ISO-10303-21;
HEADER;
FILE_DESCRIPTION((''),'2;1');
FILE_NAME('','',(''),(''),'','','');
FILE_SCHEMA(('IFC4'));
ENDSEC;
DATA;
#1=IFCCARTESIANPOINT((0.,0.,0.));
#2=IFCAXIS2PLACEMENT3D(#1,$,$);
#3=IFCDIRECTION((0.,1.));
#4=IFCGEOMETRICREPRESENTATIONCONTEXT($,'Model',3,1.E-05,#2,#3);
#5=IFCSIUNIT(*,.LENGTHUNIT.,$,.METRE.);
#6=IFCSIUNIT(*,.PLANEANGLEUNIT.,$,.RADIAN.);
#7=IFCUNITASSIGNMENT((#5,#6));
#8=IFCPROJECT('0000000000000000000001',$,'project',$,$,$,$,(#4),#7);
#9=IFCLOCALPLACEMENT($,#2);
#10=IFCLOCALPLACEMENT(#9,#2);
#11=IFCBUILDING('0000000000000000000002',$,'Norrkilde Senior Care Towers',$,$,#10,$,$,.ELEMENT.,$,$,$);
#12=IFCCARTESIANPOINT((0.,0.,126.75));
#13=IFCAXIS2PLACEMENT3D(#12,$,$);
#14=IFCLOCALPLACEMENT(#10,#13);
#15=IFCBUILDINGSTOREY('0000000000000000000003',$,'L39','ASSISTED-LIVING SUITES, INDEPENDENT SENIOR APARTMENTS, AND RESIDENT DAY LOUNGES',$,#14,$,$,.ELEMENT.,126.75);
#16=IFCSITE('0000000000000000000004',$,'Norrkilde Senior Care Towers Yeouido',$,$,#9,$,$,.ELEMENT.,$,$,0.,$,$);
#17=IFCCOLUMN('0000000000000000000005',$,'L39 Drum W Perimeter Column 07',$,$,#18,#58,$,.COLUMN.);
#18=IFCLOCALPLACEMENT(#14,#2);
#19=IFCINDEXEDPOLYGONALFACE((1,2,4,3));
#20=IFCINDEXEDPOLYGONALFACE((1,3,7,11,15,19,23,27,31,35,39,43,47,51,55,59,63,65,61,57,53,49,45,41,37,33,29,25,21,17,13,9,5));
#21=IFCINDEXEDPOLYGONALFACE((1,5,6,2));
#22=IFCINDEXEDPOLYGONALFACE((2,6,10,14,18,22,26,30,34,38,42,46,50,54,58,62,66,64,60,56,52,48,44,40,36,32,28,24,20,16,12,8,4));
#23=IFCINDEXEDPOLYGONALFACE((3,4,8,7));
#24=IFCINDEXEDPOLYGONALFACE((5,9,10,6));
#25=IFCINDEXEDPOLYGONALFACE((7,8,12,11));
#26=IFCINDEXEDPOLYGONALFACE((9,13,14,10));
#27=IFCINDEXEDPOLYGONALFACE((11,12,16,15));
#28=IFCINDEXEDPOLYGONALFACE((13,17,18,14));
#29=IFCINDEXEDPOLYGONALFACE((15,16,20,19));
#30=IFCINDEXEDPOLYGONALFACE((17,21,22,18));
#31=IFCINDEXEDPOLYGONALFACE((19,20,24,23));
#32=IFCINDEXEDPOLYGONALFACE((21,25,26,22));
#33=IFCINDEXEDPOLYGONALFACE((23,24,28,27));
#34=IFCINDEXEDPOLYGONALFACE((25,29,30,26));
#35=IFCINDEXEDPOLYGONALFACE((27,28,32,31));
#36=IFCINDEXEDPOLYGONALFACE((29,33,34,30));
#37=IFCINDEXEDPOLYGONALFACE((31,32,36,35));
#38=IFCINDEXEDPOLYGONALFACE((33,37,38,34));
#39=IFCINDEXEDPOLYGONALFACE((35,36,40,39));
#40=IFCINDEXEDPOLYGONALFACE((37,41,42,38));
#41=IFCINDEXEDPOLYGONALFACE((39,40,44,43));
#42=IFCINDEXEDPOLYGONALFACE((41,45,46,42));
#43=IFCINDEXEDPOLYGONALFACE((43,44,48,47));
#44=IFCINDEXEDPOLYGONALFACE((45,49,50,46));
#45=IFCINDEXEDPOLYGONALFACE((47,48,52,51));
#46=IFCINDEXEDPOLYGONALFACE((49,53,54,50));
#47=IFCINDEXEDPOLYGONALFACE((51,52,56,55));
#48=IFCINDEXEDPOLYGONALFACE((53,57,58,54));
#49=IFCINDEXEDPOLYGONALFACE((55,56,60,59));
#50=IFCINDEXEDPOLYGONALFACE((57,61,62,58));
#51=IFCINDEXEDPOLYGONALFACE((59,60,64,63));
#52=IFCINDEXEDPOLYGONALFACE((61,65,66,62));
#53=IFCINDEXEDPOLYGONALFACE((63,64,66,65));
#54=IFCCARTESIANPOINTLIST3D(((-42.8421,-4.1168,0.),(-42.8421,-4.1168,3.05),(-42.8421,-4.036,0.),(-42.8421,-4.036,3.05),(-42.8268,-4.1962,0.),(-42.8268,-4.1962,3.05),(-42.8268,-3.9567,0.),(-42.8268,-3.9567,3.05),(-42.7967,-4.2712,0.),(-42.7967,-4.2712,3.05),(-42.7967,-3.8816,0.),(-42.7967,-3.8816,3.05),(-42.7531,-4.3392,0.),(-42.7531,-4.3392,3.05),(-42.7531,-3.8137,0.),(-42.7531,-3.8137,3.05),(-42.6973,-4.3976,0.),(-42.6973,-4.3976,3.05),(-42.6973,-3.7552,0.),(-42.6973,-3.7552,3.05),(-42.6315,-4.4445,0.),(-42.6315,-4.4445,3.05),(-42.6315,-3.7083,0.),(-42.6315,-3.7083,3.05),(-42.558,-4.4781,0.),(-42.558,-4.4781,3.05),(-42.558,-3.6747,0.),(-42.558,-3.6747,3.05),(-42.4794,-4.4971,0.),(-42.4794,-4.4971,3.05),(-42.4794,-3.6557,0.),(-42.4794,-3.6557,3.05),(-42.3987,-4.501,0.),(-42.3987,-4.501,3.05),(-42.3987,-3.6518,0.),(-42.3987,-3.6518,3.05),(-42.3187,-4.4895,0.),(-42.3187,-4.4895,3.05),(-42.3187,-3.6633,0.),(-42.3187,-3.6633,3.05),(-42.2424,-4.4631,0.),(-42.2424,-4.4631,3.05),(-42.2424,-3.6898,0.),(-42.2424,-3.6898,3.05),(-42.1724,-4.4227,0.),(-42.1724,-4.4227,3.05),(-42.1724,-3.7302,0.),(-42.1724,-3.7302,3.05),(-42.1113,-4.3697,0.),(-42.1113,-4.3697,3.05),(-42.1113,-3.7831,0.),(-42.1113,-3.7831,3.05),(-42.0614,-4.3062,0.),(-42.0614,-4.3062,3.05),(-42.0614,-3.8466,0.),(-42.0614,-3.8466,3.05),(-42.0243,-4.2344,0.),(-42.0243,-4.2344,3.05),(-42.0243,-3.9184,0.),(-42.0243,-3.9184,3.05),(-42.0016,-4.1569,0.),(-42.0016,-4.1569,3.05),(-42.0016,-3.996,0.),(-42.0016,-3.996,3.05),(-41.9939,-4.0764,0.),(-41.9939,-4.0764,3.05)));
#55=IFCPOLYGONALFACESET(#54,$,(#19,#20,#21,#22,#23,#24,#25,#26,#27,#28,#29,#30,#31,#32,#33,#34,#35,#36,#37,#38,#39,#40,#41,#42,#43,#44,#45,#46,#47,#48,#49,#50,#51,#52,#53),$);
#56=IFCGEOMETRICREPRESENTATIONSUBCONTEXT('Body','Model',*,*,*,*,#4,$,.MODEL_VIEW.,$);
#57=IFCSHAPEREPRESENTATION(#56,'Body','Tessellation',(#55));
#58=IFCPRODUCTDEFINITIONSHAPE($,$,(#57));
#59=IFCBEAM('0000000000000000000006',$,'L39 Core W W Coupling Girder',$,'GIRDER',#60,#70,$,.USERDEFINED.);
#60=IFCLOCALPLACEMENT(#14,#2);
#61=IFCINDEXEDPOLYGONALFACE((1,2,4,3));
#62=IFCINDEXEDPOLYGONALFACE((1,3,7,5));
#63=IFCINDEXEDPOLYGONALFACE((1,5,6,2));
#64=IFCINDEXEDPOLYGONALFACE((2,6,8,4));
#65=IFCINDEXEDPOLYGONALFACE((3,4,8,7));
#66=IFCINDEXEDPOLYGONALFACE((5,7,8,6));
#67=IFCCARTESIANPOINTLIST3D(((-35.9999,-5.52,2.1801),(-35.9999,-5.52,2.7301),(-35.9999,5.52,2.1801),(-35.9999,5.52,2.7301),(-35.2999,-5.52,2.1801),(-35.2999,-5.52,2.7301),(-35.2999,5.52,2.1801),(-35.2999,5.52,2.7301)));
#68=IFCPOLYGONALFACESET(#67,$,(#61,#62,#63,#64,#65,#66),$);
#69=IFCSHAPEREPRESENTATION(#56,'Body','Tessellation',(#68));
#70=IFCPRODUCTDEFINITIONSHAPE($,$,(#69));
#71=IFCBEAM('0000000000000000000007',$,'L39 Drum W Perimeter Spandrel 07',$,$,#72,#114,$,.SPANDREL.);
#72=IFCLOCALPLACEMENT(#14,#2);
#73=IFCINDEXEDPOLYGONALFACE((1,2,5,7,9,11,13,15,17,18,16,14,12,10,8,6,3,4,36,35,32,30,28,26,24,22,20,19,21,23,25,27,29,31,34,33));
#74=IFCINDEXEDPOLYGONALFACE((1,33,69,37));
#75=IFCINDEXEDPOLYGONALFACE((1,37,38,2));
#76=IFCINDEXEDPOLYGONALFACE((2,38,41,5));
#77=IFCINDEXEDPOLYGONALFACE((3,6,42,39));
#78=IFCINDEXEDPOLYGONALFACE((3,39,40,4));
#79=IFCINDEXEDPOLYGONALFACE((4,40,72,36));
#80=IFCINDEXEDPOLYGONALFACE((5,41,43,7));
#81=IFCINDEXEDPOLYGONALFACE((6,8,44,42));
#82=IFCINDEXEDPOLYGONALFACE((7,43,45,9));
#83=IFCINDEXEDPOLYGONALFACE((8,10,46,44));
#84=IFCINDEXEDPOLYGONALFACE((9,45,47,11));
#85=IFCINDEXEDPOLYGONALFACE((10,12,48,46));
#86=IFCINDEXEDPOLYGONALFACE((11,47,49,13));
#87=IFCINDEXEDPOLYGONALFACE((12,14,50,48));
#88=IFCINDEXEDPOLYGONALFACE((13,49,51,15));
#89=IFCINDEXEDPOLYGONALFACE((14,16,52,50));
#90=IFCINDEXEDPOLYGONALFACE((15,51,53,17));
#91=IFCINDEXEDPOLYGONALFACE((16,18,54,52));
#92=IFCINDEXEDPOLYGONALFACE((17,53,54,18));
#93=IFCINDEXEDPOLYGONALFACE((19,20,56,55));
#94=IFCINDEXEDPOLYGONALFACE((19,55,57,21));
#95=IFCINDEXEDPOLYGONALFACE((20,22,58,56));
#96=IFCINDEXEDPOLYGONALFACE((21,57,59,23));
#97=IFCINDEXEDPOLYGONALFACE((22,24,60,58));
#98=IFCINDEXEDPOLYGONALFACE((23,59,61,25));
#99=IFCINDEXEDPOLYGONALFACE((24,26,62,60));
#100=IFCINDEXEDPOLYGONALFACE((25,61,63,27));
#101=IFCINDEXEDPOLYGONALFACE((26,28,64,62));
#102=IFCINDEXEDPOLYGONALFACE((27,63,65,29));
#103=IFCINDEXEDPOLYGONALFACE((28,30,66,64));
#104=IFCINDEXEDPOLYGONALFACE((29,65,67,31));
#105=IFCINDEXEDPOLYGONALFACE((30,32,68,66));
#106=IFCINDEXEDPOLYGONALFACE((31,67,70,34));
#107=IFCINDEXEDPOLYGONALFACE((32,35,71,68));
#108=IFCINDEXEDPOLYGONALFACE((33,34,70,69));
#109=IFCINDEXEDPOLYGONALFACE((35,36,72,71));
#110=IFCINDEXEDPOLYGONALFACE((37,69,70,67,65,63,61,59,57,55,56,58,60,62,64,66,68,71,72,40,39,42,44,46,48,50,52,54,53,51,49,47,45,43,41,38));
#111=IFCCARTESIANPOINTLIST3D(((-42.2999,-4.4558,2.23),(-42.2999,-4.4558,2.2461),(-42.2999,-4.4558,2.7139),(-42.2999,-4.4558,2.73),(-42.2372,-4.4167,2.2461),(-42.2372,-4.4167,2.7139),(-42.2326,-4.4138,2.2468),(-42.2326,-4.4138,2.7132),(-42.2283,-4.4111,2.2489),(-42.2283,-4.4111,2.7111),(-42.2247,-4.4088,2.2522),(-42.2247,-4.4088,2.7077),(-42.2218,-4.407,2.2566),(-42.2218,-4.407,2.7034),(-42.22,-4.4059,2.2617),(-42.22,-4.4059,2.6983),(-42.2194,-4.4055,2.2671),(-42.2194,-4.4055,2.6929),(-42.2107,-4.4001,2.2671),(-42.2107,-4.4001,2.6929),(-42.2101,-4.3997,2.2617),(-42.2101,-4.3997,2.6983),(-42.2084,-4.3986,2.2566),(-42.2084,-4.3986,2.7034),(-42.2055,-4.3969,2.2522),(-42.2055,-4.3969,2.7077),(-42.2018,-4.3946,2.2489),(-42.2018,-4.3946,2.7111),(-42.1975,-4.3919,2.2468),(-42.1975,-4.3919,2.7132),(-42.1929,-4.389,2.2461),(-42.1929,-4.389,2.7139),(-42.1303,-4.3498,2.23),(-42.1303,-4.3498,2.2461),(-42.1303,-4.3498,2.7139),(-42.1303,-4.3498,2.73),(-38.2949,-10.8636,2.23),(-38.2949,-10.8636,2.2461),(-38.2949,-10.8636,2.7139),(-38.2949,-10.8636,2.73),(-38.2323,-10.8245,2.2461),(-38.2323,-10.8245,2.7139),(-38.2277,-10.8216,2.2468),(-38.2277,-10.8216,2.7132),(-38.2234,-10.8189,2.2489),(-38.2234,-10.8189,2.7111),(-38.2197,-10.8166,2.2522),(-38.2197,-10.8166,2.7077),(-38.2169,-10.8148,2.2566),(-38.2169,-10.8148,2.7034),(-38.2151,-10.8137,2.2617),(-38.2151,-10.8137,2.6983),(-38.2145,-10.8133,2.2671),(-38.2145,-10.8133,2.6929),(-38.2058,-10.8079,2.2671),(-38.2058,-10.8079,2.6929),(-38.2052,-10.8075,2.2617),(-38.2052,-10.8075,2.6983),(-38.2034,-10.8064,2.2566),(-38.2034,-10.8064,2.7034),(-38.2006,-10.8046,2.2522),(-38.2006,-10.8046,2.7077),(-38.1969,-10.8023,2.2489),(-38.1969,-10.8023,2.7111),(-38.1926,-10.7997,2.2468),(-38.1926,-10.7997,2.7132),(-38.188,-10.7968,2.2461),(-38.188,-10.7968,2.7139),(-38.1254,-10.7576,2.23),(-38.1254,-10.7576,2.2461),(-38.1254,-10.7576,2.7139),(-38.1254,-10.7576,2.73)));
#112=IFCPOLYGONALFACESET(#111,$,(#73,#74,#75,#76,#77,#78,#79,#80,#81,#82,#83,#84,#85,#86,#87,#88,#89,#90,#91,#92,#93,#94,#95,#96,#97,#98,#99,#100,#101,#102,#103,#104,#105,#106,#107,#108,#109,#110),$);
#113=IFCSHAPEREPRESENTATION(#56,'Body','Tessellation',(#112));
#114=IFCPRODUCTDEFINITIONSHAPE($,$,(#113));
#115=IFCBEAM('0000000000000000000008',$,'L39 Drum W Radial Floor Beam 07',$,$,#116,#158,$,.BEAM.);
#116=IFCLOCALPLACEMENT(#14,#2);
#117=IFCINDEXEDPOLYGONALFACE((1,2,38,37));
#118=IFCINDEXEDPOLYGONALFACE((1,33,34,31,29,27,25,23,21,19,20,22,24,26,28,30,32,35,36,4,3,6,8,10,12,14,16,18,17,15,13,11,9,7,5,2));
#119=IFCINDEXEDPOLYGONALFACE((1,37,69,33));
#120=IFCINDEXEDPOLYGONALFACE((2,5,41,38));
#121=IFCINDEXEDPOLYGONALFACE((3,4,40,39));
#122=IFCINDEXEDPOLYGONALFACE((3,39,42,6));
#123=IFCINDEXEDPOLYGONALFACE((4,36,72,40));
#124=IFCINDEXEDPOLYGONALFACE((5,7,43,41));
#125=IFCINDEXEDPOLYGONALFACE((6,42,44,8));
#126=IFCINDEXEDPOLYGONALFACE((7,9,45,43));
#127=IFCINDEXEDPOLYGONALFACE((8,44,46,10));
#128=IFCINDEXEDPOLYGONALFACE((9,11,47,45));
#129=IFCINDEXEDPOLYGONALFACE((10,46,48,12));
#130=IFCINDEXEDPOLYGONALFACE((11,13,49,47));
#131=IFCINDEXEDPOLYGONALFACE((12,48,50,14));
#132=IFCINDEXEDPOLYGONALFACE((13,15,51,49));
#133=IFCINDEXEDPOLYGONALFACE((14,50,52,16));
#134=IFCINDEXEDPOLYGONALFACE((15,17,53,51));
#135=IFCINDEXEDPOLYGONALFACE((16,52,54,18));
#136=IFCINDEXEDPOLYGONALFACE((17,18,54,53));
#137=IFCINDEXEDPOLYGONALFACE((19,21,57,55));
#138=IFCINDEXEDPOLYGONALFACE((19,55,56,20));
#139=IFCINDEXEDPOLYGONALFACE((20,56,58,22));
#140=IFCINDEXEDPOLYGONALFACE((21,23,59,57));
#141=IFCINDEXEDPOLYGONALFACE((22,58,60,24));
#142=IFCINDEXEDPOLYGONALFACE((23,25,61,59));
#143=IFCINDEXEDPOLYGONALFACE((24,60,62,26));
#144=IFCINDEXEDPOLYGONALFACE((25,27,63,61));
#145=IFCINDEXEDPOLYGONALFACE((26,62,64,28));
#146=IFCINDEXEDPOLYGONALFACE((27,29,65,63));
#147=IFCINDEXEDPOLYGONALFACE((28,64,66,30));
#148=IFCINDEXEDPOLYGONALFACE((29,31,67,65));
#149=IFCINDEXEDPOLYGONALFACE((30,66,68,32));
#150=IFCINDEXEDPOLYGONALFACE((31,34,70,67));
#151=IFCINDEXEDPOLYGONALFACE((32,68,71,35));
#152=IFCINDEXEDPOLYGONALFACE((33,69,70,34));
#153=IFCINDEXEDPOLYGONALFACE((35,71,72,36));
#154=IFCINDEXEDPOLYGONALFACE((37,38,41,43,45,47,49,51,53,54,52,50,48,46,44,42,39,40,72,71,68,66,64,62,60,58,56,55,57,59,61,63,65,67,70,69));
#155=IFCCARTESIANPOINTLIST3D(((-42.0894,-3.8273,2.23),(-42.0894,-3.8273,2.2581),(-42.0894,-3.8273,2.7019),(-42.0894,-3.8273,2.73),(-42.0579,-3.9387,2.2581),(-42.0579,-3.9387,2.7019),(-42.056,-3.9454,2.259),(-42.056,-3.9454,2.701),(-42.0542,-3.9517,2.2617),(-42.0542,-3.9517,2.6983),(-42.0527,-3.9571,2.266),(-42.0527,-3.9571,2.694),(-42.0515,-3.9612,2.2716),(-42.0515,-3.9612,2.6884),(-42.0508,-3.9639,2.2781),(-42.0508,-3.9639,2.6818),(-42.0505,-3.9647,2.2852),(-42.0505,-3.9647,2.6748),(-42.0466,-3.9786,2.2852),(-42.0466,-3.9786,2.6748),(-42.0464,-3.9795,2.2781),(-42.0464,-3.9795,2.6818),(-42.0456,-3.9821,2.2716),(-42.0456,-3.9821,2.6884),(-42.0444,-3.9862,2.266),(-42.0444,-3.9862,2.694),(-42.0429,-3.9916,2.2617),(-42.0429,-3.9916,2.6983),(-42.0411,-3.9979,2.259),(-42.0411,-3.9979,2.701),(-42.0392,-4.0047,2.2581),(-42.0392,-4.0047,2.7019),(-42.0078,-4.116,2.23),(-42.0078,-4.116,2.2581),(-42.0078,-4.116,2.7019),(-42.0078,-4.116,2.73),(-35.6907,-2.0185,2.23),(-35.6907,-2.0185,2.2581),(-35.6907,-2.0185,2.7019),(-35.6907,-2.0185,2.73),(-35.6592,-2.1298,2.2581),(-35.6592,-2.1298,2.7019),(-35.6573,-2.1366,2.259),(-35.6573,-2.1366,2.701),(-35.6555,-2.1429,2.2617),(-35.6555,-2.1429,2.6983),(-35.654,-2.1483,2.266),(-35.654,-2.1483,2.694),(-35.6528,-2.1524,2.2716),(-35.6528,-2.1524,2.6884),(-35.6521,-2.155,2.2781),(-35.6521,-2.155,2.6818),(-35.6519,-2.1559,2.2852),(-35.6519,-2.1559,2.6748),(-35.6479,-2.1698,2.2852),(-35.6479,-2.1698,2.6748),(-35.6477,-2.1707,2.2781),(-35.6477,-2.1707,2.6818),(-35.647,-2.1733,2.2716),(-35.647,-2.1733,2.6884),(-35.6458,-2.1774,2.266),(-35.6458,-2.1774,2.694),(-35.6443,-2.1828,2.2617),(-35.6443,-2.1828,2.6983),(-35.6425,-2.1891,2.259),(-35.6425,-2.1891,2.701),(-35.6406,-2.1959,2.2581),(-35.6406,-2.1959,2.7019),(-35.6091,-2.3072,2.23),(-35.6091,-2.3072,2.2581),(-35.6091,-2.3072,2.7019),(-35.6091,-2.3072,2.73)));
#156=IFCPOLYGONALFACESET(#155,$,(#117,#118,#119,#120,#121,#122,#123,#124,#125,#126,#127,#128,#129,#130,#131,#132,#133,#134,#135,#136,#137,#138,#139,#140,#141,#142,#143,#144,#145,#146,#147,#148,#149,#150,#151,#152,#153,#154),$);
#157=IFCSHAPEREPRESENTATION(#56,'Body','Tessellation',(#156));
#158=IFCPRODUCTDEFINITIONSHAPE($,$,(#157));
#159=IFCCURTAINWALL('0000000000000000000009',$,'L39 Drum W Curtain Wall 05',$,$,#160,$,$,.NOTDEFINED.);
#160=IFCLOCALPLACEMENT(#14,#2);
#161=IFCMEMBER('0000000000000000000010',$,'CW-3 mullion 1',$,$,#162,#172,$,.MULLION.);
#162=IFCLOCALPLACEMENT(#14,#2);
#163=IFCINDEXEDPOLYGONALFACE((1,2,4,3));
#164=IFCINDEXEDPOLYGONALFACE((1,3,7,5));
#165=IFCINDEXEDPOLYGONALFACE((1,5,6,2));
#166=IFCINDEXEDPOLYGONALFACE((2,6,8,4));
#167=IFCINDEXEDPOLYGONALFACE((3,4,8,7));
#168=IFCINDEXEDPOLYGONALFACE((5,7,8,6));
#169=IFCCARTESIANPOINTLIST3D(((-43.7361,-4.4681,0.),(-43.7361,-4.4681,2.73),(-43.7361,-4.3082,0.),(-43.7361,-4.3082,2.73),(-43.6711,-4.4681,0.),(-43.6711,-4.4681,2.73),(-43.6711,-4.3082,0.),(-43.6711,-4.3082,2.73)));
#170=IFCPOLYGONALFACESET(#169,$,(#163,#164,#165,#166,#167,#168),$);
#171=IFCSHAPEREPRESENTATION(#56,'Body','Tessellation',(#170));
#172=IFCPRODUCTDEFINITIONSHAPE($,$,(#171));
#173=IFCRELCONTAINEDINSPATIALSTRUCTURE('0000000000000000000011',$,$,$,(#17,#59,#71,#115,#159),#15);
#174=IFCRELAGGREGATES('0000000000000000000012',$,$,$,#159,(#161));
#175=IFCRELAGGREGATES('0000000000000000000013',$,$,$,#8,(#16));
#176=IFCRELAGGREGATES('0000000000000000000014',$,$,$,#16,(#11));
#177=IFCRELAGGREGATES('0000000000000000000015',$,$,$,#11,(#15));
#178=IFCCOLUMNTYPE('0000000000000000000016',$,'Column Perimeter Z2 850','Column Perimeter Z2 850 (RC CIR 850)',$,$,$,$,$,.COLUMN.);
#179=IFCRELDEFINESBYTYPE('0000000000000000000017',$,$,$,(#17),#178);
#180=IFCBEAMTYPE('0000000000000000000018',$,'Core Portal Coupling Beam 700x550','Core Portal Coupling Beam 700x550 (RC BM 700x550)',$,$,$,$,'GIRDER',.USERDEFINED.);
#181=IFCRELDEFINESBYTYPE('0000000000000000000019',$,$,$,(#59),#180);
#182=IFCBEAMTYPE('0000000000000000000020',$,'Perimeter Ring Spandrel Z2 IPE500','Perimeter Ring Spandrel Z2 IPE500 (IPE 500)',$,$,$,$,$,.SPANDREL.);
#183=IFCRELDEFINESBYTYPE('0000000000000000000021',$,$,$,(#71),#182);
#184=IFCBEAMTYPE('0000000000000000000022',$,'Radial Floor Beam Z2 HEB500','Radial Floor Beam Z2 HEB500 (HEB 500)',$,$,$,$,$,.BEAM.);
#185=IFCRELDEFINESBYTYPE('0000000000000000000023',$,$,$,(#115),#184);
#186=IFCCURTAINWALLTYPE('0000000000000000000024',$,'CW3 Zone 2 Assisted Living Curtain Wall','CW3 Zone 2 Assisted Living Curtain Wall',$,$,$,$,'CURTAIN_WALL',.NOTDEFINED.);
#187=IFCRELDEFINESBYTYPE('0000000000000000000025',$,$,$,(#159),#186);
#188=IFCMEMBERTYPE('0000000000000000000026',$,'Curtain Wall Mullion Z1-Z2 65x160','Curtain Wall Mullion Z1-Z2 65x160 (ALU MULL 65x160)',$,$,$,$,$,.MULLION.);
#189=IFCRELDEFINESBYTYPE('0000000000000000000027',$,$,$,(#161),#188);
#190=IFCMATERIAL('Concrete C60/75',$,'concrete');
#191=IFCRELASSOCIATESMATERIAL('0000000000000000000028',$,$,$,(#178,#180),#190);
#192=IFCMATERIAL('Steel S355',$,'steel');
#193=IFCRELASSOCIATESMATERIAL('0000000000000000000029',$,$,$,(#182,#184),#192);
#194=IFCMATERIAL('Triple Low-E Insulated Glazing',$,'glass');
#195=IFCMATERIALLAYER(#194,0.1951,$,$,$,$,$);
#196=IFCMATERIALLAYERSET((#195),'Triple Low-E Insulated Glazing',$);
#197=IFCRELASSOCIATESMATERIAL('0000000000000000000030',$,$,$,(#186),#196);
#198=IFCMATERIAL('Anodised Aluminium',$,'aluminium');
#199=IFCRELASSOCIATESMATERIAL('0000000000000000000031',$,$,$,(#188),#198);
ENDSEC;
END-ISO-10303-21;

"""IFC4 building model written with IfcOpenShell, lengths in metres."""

from ifc_helpers import new_model, si_unit, direction, frame, origin, origin_2d, place, context, subcontext, project, spatial, rectangle, circle, i_section, extrude, source, transform, mapped, material, layer, layer_set, material_profile, profile_set, type_object, type_shapes, element, aggregate, save


model = new_model("IFC4")

# Units and contexts
model_context = context("Model", 3, precision=1e-05, world=origin(), true_north=direction((0.0, 1.0)))
body_context = subcontext(model_context, "Body", "Model", "MODEL_VIEW")
ifc_project = project(units=[si_unit("LENGTHUNIT", "METRE"), si_unit("PLANEANGLEUNIT", "RADIAN")], contexts=[model_context])

# Site, building, storey
site_placement = place(None, origin())
site = spatial("IfcSite", under=ifc_project, at=site_placement, Name="Norrkilde Senior Care Towers Yeouido", CompositionType="ELEMENT", RefElevation=0.0)
building_placement = place(site_placement, origin())
building = spatial("IfcBuilding", under=site, at=building_placement, Name="Norrkilde Senior Care Towers", CompositionType="ELEMENT")
storey_placement = place(building_placement, frame((0.0, 0.0, 126.75)))
storey = spatial("IfcBuildingStorey", under=building, at=storey_placement, Name="L39", Description="ASSISTED-LIVING SUITES, INDEPENDENT SENIOR APARTMENTS, AND RESIDENT DAY LOUNGES", CompositionType="ELEMENT", Elevation=126.75)

# Column
ifc_material_1 = material(Name="Concrete C60/75", Category="concrete")
ifc_material_profile_1 = material_profile(ifc_material_1, circle(Radius=0.425, at=origin_2d()), Name="RC CIR 850")
ifc_profile_set_1 = profile_set([ifc_material_profile_1], Name="Concrete C60/75")
column_type = type_object("IfcColumnType", Name="Column Perimeter Z2 850", Description="Column Perimeter Z2 850 (RC CIR 850)", PredefinedType="COLUMN", material=ifc_profile_set_1)
shared_shape_1 = source(origin(), body_context, "Body", "SweptSolid", [
    extrude(circle(Radius=0.425, at=origin_2d()), origin(), (0.0, 0.0, 1.0), 3.05),
])
type_shapes(column_type, [shared_shape_1])
column_placement = place(storey_placement, frame((-42.4189, -4.0764, 0.0), z_axis=(0.0, 0.0, 1.0), x_axis=(1.0, 0.0, 0.0)))
element("IfcColumn", 1, at=column_placement, inside=storey, type_object=column_type, Name="L39 Drum W Perimeter Column 07", PredefinedType="COLUMN", context=body_context, shape_type="MappedRepresentation", body=[
    mapped(shared_shape_1, transform((0.0, 0.0, 0.0), x_axis=(1.0, 0.0, 0.0), y_axis=(0.0, 1.0, 0.0), z_axis=(0.0, 0.0, 1.0), scale=1.0)),
])

# Beams
ifc_material_profile_2 = material_profile(ifc_material_1, rectangle(XDim=0.7, YDim=0.55, at=origin_2d()), Name="RC BM 700x550")
ifc_profile_set_2 = profile_set([ifc_material_profile_2], Name="Concrete C60/75")
beam_type_1 = type_object("IfcBeamType", Name="Core Portal Coupling Beam 700x550", Description="Core Portal Coupling Beam 700x550 (RC BM 700x550)", ElementType="GIRDER", PredefinedType="USERDEFINED", material=ifc_profile_set_2)
shared_shape_2 = source(origin(), body_context, "Body", "SweptSolid", [
    extrude(rectangle(XDim=0.7, YDim=0.55, at=origin_2d()), origin(), (0.0, 0.0, 1.0), 11.04),
])
type_shapes(beam_type_1, [shared_shape_2])
beam_1_placement = place(storey_placement, frame((-35.6499, -5.52, 2.4551), z_axis=(0.0, 1.0, 0.0), x_axis=(-1.0, 0.0, 0.0)))
element("IfcBeam", 2, at=beam_1_placement, inside=storey, type_object=beam_type_1, Name="L39 Core W W Coupling Girder", ObjectType="GIRDER", PredefinedType="USERDEFINED", context=body_context, shape_type="MappedRepresentation", body=[
    mapped(shared_shape_2, transform((0.0, 0.0, 0.0), x_axis=(1.0, 0.0, 0.0), y_axis=(0.0, 1.0, 0.0), z_axis=(0.0, 0.0, 1.0), scale=1.0)),
])
ifc_material_2 = material(Name="Steel S355", Category="steel")
ifc_material_profile_3 = material_profile(ifc_material_2, i_section(OverallWidth=0.2, OverallDepth=0.5, WebThickness=0.0103, FlangeThickness=0.0161, FilletRadius=0.021, at=origin_2d()), Name="IPE 500")
ifc_profile_set_3 = profile_set([ifc_material_profile_3], Name="Steel S355")
beam_type_2 = type_object("IfcBeamType", Name="Perimeter Ring Spandrel Z2 IPE500", Description="Perimeter Ring Spandrel Z2 IPE500 (IPE 500)", PredefinedType="SPANDREL", material=ifc_profile_set_3)
shared_shape_3 = source(origin(), body_context, "Body", "SweptSolid", [
    extrude(i_section(OverallWidth=0.2, OverallDepth=0.5, WebThickness=0.0103, FlangeThickness=0.0161, FilletRadius=0.021, at=origin_2d()), origin(), (0.0, 0.0, 1.0), 7.5564),
])
type_shapes(beam_type_2, [shared_shape_3])
beam_2_placement = place(storey_placement, frame((-42.2151, -4.4028, 2.48), z_axis=(0.530005, -0.847995, 0.0), x_axis=(0.847995, 0.530005, 0.0)))
element("IfcBeam", 3, at=beam_2_placement, inside=storey, type_object=beam_type_2, Name="L39 Drum W Perimeter Spandrel 07", PredefinedType="SPANDREL", context=body_context, shape_type="MappedRepresentation", body=[
    mapped(shared_shape_3, transform((0.0, 0.0, 0.0), x_axis=(1.0, 0.0, 0.0), y_axis=(0.0, 1.0, 0.0), z_axis=(0.0, 0.0, 1.0), scale=1.0)),
])
ifc_material_profile_4 = material_profile(ifc_material_2, i_section(OverallWidth=0.3, OverallDepth=0.5, WebThickness=0.0144, FlangeThickness=0.0281, FilletRadius=0.0271, at=origin_2d()), Name="HEB 500")
ifc_profile_set_4 = profile_set([ifc_material_profile_4], Name="Steel S355")
beam_type_3 = type_object("IfcBeamType", Name="Radial Floor Beam Z2 HEB500", Description="Radial Floor Beam Z2 HEB500 (HEB 500)", PredefinedType="BEAM", material=ifc_profile_set_4)
shared_shape_4 = source(origin(), body_context, "Body", "SweptSolid", [
    extrude(i_section(OverallWidth=0.3, OverallDepth=0.5, WebThickness=0.0144, FlangeThickness=0.0281, FilletRadius=0.0271, at=origin_2d()), origin(), (0.0, 0.0, 1.0), 6.6494),
])
type_shapes(beam_type_3, [shared_shape_4])
beam_3_placement = place(storey_placement, frame((-35.6499, -2.1628, 2.48), z_axis=(-0.962289, -0.272029, 0.0), x_axis=(0.272029, -0.962289, 0.0)))
element("IfcBeam", 4, at=beam_3_placement, inside=storey, type_object=beam_type_3, Name="L39 Drum W Radial Floor Beam 07", PredefinedType="BEAM", context=body_context, shape_type="MappedRepresentation", body=[
    mapped(shared_shape_4, transform((0.0, 0.0, 0.0), x_axis=(1.0, 0.0, 0.0), y_axis=(0.0, 1.0, 0.0), z_axis=(0.0, 0.0, 1.0), scale=1.0)),
])

# Curtain wall, member
ifc_material_3 = material(Name="Triple Low-E Insulated Glazing", Category="glass")
ifc_layer_1 = layer(ifc_material_3, 0.1951)
ifc_layer_set_1 = layer_set([ifc_layer_1], Name="Triple Low-E Insulated Glazing")
curtain_wall_type = type_object("IfcCurtainWallType", Name="CW3 Zone 2 Assisted Living Curtain Wall", Description="CW3 Zone 2 Assisted Living Curtain Wall", ElementType="CURTAIN_WALL", PredefinedType="NOTDEFINED", material=ifc_layer_set_1)
curtain_wall_1_placement = place(storey_placement, origin())
curtain_wall_1 = element("IfcCurtainWall", 5, at=curtain_wall_1_placement, inside=storey, type_object=curtain_wall_type, Name="L39 Drum W Curtain Wall 05", PredefinedType="NOTDEFINED")
ifc_material_4 = material(Name="Anodised Aluminium", Category="aluminium")
ifc_material_profile_5 = material_profile(ifc_material_4, rectangle(XDim=0.0649, YDim=0.1599, at=origin_2d()), Name="ALU MULL 65x160")
ifc_profile_set_5 = profile_set([ifc_material_profile_5], Name="Anodised Aluminium")
member_type_1 = type_object("IfcMemberType", Name="Curtain Wall Mullion Z1-Z2 65x160", Description="Curtain Wall Mullion Z1-Z2 65x160 (ALU MULL 65x160)", PredefinedType="MULLION", material=ifc_profile_set_5)
shared_shape_5 = source(origin(), body_context, "Body", "SweptSolid", [
    extrude(rectangle(XDim=0.0649, YDim=0.1599, at=origin_2d()), origin(), (0.0, 0.0, 1.0), 2.73),
])
type_shapes(member_type_1, [shared_shape_5])
member_1_placement = place(storey_placement, frame((-43.7036, -4.3882, 0.0), z_axis=(0.0, 0.0, 1.0), x_axis=(-1.0, 0.0, 0.0)))
member_1 = element("IfcMember", 6, at=member_1_placement, type_object=member_type_1, Name="CW-3 mullion 1", PredefinedType="MULLION", context=body_context, shape_type="MappedRepresentation", body=[
    mapped(shared_shape_5, transform((0.0, 0.0, 0.0), x_axis=(1.0, 0.0, 0.0), y_axis=(0.0, 1.0, 0.0), z_axis=(0.0, 0.0, 1.0), scale=1.0)),
])

aggregate(curtain_wall_1, [member_1])

save(model, "model.ifc")
